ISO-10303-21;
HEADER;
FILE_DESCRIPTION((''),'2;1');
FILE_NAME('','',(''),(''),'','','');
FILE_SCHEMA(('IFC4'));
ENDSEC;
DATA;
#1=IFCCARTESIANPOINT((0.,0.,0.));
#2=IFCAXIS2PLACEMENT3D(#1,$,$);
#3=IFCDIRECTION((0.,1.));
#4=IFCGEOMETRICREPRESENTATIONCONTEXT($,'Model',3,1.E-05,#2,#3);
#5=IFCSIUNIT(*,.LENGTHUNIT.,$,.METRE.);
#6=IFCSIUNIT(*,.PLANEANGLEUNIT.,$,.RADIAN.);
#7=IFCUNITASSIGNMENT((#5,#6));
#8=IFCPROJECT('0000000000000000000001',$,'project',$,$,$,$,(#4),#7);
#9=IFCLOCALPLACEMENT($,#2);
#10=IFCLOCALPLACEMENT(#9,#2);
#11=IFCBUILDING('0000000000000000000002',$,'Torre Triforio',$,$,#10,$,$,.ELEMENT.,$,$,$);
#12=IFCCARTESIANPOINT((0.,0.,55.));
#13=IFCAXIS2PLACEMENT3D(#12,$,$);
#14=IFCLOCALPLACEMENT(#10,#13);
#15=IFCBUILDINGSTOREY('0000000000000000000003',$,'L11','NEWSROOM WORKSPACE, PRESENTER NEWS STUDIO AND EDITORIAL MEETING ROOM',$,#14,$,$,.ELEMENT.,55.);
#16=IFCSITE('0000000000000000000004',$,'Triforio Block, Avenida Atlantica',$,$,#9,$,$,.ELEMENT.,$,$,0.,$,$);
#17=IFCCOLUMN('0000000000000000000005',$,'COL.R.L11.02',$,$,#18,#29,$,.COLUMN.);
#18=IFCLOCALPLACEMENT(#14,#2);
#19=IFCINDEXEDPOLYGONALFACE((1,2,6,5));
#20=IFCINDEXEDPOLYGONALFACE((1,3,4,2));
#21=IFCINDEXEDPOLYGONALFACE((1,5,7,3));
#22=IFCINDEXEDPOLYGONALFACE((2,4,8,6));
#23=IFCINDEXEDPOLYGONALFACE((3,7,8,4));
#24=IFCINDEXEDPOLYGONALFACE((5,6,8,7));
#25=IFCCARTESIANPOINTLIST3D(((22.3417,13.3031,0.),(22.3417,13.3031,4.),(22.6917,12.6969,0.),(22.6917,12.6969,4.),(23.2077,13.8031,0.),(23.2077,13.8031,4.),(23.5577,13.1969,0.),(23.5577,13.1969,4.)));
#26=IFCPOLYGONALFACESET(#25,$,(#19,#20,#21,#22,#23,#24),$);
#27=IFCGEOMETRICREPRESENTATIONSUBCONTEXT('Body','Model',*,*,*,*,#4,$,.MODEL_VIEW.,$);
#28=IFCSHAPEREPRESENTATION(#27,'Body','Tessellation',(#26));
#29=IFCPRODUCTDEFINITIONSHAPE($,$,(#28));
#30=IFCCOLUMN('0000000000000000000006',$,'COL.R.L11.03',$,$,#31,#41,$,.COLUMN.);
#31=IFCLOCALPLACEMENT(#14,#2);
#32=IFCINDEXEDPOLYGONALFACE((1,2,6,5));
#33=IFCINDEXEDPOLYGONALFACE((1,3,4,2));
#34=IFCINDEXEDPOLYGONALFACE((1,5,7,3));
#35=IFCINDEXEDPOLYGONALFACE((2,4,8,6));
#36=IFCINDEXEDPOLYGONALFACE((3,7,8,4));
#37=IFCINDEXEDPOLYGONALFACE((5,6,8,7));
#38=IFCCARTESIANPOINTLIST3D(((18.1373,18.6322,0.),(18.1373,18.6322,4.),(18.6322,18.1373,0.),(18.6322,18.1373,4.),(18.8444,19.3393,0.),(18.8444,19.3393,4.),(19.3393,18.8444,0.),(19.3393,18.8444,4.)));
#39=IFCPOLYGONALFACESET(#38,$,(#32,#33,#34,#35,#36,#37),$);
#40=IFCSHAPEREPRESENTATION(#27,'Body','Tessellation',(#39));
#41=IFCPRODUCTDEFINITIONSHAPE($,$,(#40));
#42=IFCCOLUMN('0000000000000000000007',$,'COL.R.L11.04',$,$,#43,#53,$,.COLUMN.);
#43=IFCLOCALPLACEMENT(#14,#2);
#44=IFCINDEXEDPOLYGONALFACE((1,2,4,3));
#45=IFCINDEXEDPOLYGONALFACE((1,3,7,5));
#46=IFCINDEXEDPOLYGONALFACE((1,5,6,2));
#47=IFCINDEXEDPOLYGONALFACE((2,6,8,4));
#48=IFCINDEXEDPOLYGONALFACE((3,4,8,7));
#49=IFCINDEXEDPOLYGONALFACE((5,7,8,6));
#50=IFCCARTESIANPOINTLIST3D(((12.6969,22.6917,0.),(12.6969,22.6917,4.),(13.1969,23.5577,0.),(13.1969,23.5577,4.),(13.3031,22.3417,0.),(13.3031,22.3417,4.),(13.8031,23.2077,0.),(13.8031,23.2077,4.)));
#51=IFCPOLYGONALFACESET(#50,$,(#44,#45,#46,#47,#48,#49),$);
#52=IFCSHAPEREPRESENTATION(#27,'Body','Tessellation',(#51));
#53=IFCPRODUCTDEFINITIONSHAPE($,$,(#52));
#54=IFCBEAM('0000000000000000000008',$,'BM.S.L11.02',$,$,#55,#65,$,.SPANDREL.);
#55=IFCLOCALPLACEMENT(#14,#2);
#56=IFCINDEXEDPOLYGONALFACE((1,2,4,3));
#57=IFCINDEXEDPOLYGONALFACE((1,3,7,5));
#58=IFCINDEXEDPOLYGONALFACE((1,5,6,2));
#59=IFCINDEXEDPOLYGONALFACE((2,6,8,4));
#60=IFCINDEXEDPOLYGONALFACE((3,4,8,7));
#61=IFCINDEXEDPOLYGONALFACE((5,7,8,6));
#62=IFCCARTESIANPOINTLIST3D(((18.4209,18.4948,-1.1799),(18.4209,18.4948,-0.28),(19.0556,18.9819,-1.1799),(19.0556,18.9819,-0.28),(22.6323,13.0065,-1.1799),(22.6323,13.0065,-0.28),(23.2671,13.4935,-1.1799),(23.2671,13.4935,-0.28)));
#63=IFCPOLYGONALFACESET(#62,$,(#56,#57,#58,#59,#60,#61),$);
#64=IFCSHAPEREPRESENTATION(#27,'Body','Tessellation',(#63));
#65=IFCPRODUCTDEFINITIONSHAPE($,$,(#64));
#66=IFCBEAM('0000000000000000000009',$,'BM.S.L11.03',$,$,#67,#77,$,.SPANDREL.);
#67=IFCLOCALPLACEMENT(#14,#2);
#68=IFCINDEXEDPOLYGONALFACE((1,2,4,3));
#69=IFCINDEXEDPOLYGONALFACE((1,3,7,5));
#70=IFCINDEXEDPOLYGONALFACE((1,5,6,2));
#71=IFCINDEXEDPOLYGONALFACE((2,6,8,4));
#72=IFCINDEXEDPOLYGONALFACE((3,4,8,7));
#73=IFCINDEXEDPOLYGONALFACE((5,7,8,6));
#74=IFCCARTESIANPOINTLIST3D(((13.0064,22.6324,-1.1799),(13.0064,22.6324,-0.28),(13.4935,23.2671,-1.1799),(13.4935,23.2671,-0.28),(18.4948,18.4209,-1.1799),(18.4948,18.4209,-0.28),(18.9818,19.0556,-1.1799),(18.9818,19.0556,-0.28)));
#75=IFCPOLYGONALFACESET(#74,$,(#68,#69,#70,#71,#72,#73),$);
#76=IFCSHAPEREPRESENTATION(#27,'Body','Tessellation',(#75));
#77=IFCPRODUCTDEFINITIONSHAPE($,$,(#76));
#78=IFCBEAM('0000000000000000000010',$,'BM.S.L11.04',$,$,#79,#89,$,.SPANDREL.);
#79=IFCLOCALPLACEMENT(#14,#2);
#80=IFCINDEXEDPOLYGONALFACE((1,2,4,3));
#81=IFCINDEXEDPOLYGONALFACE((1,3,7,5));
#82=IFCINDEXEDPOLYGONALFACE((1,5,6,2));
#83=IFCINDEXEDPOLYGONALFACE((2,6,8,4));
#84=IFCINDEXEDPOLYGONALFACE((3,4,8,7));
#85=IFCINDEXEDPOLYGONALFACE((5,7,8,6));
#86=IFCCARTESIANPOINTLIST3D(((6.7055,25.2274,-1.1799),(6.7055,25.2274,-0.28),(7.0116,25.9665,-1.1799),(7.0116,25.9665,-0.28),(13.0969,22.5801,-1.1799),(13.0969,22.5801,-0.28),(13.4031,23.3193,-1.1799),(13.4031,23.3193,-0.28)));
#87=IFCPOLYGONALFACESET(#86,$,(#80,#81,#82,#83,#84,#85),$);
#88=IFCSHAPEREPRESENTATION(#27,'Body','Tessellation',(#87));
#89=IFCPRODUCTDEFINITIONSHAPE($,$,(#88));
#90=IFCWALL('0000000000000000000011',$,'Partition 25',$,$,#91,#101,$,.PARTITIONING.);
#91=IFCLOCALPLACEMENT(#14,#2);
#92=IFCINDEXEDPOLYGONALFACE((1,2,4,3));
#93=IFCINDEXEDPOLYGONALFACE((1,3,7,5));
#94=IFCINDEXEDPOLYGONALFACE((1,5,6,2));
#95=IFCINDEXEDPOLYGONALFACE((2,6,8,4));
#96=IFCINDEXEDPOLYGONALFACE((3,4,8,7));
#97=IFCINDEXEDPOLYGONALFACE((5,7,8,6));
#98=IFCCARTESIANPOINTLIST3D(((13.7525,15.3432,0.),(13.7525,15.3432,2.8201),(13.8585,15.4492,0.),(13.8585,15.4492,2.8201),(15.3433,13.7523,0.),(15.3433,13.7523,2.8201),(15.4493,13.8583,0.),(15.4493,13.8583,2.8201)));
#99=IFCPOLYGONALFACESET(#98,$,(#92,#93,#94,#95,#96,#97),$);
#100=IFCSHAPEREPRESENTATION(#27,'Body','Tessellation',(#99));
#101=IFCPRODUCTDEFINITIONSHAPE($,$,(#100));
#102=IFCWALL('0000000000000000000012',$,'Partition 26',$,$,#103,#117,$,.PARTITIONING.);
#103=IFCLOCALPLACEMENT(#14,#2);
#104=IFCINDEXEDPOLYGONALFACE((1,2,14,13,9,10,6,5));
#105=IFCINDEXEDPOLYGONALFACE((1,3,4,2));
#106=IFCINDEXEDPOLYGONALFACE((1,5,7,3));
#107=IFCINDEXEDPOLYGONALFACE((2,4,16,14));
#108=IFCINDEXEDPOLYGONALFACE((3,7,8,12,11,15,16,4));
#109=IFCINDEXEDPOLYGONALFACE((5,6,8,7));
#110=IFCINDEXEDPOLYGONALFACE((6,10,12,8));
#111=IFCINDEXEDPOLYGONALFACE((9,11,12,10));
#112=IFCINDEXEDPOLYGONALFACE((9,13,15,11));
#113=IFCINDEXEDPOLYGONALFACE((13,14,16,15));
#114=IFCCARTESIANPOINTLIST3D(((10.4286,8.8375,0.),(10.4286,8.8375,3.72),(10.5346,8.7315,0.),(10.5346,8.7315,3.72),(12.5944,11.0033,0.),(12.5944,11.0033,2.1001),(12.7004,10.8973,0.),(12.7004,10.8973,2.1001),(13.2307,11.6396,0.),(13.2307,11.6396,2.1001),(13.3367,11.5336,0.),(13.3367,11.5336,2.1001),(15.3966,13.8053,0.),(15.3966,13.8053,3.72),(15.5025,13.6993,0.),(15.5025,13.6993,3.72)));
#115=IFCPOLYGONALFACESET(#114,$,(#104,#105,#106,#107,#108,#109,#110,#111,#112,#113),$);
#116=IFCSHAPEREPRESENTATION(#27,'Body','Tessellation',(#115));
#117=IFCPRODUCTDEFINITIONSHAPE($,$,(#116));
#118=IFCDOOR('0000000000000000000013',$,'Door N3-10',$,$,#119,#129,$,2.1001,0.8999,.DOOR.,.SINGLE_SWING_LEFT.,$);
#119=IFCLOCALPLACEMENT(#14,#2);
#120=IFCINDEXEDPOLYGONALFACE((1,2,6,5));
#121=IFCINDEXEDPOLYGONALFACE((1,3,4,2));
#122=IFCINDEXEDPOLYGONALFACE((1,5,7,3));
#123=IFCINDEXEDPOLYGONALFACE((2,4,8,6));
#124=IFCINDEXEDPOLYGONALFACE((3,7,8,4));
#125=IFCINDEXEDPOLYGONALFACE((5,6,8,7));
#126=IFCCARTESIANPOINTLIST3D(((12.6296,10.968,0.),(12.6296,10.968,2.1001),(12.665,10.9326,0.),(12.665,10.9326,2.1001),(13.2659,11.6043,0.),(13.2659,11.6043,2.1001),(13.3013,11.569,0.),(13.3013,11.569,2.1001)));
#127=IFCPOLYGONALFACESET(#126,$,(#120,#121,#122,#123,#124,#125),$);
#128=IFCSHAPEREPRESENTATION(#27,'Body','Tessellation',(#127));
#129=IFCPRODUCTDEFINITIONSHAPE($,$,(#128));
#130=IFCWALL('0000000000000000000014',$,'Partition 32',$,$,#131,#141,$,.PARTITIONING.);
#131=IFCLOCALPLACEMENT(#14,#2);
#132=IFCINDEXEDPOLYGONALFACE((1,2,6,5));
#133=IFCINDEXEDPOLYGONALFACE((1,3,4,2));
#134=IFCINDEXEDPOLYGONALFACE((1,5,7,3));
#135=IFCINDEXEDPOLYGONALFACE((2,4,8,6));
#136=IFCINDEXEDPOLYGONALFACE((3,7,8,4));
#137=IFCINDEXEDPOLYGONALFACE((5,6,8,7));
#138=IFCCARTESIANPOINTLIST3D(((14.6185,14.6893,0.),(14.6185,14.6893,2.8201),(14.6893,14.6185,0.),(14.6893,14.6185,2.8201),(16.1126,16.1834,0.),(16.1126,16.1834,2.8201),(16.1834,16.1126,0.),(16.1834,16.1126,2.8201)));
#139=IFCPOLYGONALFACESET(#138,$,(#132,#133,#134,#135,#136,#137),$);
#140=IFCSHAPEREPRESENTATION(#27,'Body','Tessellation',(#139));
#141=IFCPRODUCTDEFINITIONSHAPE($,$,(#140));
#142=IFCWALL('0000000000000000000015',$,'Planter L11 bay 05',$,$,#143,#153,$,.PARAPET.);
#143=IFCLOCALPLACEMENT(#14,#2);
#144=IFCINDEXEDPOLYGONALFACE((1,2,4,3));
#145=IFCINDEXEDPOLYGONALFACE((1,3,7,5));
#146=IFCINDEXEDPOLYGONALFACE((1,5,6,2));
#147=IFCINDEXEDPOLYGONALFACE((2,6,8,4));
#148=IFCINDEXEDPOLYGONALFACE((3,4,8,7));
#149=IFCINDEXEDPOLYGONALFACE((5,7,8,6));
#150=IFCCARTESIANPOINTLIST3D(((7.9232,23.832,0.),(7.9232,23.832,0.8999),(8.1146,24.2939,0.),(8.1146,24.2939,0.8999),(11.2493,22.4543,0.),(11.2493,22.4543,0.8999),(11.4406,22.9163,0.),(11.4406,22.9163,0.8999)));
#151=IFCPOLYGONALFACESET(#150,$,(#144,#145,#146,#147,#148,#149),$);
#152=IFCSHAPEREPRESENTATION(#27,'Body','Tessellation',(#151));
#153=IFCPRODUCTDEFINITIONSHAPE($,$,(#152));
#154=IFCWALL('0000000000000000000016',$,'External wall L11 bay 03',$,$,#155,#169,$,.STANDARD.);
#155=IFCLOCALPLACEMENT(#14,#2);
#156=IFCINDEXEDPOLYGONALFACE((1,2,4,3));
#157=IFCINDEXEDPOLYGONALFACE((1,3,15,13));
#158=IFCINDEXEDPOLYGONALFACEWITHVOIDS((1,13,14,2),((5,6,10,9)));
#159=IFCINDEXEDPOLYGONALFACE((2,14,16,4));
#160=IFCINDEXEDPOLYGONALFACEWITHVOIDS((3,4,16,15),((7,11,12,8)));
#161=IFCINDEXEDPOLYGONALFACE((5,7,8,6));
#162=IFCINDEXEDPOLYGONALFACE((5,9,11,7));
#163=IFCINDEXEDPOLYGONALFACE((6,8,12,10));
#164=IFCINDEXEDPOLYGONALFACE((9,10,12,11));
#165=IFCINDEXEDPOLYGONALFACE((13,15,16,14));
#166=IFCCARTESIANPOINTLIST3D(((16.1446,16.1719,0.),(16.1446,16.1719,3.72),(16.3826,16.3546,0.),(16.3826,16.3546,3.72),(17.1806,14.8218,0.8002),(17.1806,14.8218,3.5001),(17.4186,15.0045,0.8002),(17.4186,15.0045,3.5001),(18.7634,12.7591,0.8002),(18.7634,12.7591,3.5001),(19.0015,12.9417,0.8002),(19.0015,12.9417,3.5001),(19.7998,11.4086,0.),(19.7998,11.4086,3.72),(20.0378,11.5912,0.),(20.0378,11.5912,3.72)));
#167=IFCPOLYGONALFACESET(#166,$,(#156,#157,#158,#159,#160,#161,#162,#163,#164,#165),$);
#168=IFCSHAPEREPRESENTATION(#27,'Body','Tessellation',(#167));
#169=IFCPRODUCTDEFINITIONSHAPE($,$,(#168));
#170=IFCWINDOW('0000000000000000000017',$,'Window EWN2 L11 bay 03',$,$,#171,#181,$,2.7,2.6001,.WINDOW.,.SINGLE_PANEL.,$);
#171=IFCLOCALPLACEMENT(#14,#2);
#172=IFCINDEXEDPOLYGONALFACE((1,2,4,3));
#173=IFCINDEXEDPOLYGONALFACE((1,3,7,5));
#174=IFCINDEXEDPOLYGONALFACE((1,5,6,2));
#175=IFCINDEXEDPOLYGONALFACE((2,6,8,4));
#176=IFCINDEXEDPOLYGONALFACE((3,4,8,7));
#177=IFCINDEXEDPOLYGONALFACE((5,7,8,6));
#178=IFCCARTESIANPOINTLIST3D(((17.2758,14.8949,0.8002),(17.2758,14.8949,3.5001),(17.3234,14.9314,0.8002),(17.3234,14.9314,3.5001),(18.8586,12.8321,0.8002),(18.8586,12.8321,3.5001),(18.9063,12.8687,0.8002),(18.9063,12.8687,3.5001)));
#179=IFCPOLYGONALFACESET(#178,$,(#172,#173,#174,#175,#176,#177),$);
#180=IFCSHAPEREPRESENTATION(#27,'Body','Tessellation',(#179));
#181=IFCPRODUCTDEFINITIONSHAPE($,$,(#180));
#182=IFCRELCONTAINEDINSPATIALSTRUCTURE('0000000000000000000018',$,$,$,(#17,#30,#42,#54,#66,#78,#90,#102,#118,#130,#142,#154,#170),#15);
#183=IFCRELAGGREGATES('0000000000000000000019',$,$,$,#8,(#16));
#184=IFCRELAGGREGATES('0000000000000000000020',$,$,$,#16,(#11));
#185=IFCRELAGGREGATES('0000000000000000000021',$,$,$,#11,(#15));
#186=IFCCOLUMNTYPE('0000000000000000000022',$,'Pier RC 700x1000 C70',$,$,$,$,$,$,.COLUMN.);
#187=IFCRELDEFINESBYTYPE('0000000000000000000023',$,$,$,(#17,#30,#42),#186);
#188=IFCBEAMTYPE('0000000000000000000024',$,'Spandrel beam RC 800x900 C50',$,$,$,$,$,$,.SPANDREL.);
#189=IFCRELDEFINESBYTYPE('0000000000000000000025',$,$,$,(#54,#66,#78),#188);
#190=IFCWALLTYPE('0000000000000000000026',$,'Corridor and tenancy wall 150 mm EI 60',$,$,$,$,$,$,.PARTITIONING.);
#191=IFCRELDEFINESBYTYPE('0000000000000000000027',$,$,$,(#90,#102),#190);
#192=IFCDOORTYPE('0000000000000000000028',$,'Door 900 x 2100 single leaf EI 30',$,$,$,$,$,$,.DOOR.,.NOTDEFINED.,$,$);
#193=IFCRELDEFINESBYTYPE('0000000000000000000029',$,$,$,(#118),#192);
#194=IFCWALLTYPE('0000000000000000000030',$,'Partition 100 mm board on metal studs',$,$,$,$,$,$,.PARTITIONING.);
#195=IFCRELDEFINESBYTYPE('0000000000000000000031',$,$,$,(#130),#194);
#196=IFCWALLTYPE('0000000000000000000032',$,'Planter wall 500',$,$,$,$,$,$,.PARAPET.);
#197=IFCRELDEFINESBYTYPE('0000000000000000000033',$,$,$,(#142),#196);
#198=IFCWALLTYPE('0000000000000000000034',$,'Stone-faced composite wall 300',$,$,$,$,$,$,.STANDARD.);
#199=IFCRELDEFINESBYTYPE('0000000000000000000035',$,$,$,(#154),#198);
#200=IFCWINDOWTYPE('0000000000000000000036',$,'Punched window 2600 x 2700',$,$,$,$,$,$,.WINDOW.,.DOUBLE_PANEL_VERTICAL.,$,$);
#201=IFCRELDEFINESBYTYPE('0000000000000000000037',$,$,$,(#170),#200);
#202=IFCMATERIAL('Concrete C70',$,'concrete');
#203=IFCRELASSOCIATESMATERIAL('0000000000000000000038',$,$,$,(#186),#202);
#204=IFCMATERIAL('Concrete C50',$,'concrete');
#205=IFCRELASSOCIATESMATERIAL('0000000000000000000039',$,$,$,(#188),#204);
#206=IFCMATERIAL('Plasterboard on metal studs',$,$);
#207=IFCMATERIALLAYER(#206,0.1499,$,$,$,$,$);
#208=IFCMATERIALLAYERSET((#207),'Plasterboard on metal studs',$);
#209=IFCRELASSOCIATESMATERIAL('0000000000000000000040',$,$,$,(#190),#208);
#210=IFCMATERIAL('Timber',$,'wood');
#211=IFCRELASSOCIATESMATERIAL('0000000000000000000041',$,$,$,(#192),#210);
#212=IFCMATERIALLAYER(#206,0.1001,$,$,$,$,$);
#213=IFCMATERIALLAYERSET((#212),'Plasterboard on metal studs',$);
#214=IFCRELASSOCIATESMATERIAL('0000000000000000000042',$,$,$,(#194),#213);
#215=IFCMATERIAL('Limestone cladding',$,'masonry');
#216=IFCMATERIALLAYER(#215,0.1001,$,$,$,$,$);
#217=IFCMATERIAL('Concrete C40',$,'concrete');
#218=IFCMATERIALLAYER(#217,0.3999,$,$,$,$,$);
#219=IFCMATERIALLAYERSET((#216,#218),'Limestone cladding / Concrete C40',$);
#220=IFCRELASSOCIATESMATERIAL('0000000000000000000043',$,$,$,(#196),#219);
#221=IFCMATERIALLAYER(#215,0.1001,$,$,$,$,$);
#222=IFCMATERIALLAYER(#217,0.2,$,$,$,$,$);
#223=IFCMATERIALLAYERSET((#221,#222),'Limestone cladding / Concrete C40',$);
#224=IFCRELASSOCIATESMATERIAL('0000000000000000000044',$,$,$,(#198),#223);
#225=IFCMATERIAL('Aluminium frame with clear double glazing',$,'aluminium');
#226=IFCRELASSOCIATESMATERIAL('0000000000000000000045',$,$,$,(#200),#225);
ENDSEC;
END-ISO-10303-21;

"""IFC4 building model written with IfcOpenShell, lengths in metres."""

from ifc_helpers import new_model, si_unit, direction, frame, frame_2d, origin, origin_2d, place, context, subcontext, project, spatial, rectangle, extrude, material, layer, layer_set, material_profile, profile_set, type_object, element, fill, save


model = new_model("IFC4")

# Units and contexts
model_context = context("Model", 3, precision=1e-05, world=origin(), true_north=direction((0.0, 1.0)))
body_context = subcontext(model_context, "Body", "Model", "MODEL_VIEW")
ifc_project = project(units=[si_unit("LENGTHUNIT", "METRE"), si_unit("PLANEANGLEUNIT", "RADIAN")], contexts=[model_context])

# Site, building, storey
site_placement = place(None, origin())
site = spatial("IfcSite", under=ifc_project, at=site_placement, Name="Triforio Block, Avenida Atlantica", CompositionType="ELEMENT", RefElevation=0.0)
building_placement = place(site_placement, origin())
building = spatial("IfcBuilding", under=site, at=building_placement, Name="Torre Triforio", CompositionType="ELEMENT")
storey_placement = place(building_placement, frame((0.0, 0.0, 55.0)))
storey = spatial("IfcBuildingStorey", under=building, at=storey_placement, Name="L11", Description="NEWSROOM WORKSPACE, PRESENTER NEWS STUDIO AND EDITORIAL MEETING ROOM", CompositionType="ELEMENT", Elevation=55.0)

# Columns
ifc_material_1 = material(Name="Concrete C70", Category="concrete")
ifc_material_profile_1 = material_profile(ifc_material_1, rectangle(XDim=0.7, YDim=1.0, at=origin_2d()), Name="RC 700x1000")
ifc_profile_set_1 = profile_set([ifc_material_profile_1], Name="Concrete C70")
column_type = type_object("IfcColumnType", Name="Pier RC 700x1000 C70", PredefinedType="COLUMN", material=ifc_profile_set_1)
for number, where, z_axis, x_axis, name in (
    (1, (22.9497, 13.25, 0.0), (0.0, 0.0, 1.0), (-0.5, 0.866025, 0.0), "COL.R.L11.02"),
    (2, (18.7383, 18.7383, 0.0), (0.0, 0.0, 1.0), (-0.707107, 0.707107, 0.0), "COL.R.L11.03"),
    (3, (13.25, 22.9497, 0.0), (0.0, 0.0, 1.0), (-0.866025, 0.5, 0.0), "COL.R.L11.04"),
):
    element("IfcColumn", number, at=place(storey_placement, frame(where, z_axis=z_axis, x_axis=x_axis)), inside=storey, type_object=column_type, Name=name, PredefinedType="COLUMN", context=body_context, shape_type="SweptSolid", body=[
        extrude(rectangle(XDim=0.7, YDim=1.0, at=origin_2d()), origin(), (0.0, 0.0, 1.0), 4.0),
    ])

# Beams
ifc_material_2 = material(Name="Concrete C50", Category="concrete")
ifc_material_profile_2 = material_profile(ifc_material_2, rectangle(XDim=0.8, YDim=0.8999, at=origin_2d()), Name="RC 800x900")
ifc_profile_set_2 = profile_set([ifc_material_profile_2], Name="Concrete C50")
beam_type = type_object("IfcBeamType", Name="Spandrel beam RC 800x900 C50", PredefinedType="SPANDREL", material=ifc_profile_set_2)
for number, where, z_axis, x_axis, name in (
    (4, (22.9497, 13.25, -0.73), (-0.608772, 0.793345, 0.0), (-0.793345, -0.608772, 0.0), "BM.S.L11.02"),
    (5, (18.7383, 18.7383, -0.73), (-0.793345, 0.608772, 0.0), (-0.608772, -0.793345, 0.0), "BM.S.L11.03"),
    (6, (13.25, 22.9497, -0.73), (-0.923888, 0.382662, 0.0), (-0.382662, -0.923888, 0.0), "BM.S.L11.04"),
):
    element("IfcBeam", number, at=place(storey_placement, frame(where, z_axis=z_axis, x_axis=x_axis)), inside=storey, type_object=beam_type, Name=name, PredefinedType="SPANDREL", context=body_context, shape_type="SweptSolid", body=[
        extrude(rectangle(XDim=0.8, YDim=0.8999, at=origin_2d()), origin(), (0.0, 0.0, 1.0), 6.918),
    ])

# Wall
ifc_material_3 = material(Name="Plasterboard on metal studs")
ifc_layer_1 = layer(ifc_material_3, 0.1499)
ifc_layer_set_1 = layer_set([ifc_layer_1], Name="Plasterboard on metal studs")
wall_type_1 = type_object("IfcWallType", Name="Corridor and tenancy wall 150 mm EI 60", PredefinedType="PARTITIONING", material=ifc_layer_set_1)
wall_1_placement = place(storey_placement, frame((13.8054, 15.3962, 0.0), z_axis=(0.0, 0.0, 1.0), x_axis=(0.707107, -0.707107, 0.0)))
element("IfcWall", 7, at=wall_1_placement, inside=storey, type_object=wall_type_1, Name="Partition 25", PredefinedType="PARTITIONING", context=body_context, shape_type="SweptSolid", body=[
    extrude(rectangle(XDim=2.2498, YDim=0.1499, at=frame_2d((1.125, 0.0))), origin(), (0.0, 0.0, 1.0), 2.8201),
])

# Wall, opening, door
wall_2_placement = place(storey_placement, frame((15.4495, 13.7522, 0.0), z_axis=(0.0, 0.0, 1.0), x_axis=(-0.707124, -0.707089, 0.0)))
wall_2 = element("IfcWall", 8, at=wall_2_placement, inside=storey, type_object=wall_type_1, Name="Partition 26", PredefinedType="PARTITIONING", context=body_context, shape_type="SweptSolid", body=[
    extrude(rectangle(XDim=7.0256, YDim=0.1499, at=frame_2d((3.5127, 0.0))), origin(), (0.0, 0.0, 1.0), 3.72),
])
opening_1_placement = place(wall_2_placement, frame((3.0627, 0.0, 0.0)))
opening_1 = element("IfcOpeningElement", 9, at=opening_1_placement, cuts=wall_2, PredefinedType="OPENING", context=body_context, shape_type="SweptSolid", body=[
    extrude(rectangle(XDim=0.8999, YDim=2.1001, at=frame_2d((0.45, 1.05))), frame((0.0, 0.085, 0.0), z_axis=(0.0, -1.0, 0.0), x_axis=(1.0, 0.0, 0.0)), (0.0, 0.0, 1.0), 0.1699),
])
ifc_material_4 = material(Name="Timber", Category="wood")
door_type_1 = type_object("IfcDoorType", Name="Door 900 x 2100 single leaf EI 30", OperationType="NOTDEFINED", PredefinedType="DOOR", material=ifc_material_4)
door_1_placement = place(opening_1_placement, origin())
door_1 = element("IfcDoor", 10, at=door_1_placement, inside=storey, type_object=door_type_1, Name="Door N3-10", OperationType="SINGLE_SWING_LEFT", OverallHeight=2.1001, OverallWidth=0.8999, PredefinedType="DOOR", context=body_context, shape_type="SweptSolid", body=[
    extrude(rectangle(XDim=0.8999, YDim=2.1001, at=frame_2d((0.45, 1.05))), frame((0.0, 0.0249, 0.0), z_axis=(0.0, -1.0, 0.0), x_axis=(1.0, 0.0, 0.0)), (0.0, 0.0, 1.0), 0.05),
])
fill(opening_1, door_1)

# Walls
ifc_layer_2 = layer(ifc_material_3, 0.1001)
ifc_layer_set_2 = layer_set([ifc_layer_2], Name="Plasterboard on metal studs")
wall_type_2 = type_object("IfcWallType", Name="Partition 100 mm board on metal studs", PredefinedType="PARTITIONING", material=ifc_layer_set_2)
wall_3_placement = place(storey_placement, frame((14.6538, 14.6538, 0.0), z_axis=(0.0, 0.0, 1.0), x_axis=(0.707107, 0.707107, 0.0)))
element("IfcWall", 11, at=wall_3_placement, inside=storey, type_object=wall_type_2, Name="Partition 32", PredefinedType="PARTITIONING", context=body_context, shape_type="SweptSolid", body=[
    extrude(rectangle(XDim=2.113, YDim=0.1001, at=frame_2d((1.0566, 0.0))), origin(), (0.0, 0.0, 1.0), 2.8201),
])
ifc_material_5 = material(Name="Limestone cladding", Category="masonry")
ifc_layer_3 = layer(ifc_material_5, 0.1001)
ifc_material_6 = material(Name="Concrete C40", Category="concrete")
ifc_layer_4 = layer(ifc_material_6, 0.3999)
ifc_layer_set_3 = layer_set([ifc_layer_3, ifc_layer_4], Name="Limestone cladding / Concrete C40")
wall_type_3 = type_object("IfcWallType", Name="Planter wall 500", PredefinedType="PARAPET", material=ifc_layer_set_3)
wall_4_placement = place(storey_placement, frame((11.345, 22.6853, 0.0), z_axis=(0.0, 0.0, 1.0), x_axis=(-0.923885, 0.382669, 0.0)))
element("IfcWall", 12, at=wall_4_placement, inside=storey, type_object=wall_type_3, Name="Planter L11 bay 05", PredefinedType="PARAPET", context=body_context, shape_type="SweptSolid", body=[
    extrude(rectangle(XDim=3.6001, YDim=0.5, at=frame_2d((1.8, 0.0))), origin(), (0.0, 0.0, 1.0), 0.8999),
])

# Wall, opening, window
ifc_layer_5 = layer(ifc_material_5, 0.1001)
ifc_layer_6 = layer(ifc_material_6, 0.2)
ifc_layer_set_4 = layer_set([ifc_layer_5, ifc_layer_6], Name="Limestone cladding / Concrete C40")
wall_type_4 = type_object("IfcWallType", Name="Stone-faced composite wall 300", PredefinedType="STANDARD", material=ifc_layer_set_4)
wall_5_placement = place(storey_placement, frame((19.9187, 11.5, 0.0), z_axis=(0.0, 0.0, 1.0), x_axis=(-0.608779, 0.79334, 0.0)))
wall_5 = element("IfcWall", 13, at=wall_5_placement, inside=storey, type_object=wall_type_4, Name="External wall L11 bay 03", PredefinedType="STANDARD", context=body_context, shape_type="SweptSolid", body=[
    extrude(rectangle(XDim=6.0042, YDim=0.3, at=frame_2d((3.002, 0.0))), origin(), (0.0, 0.0, 1.0), 3.72),
])
opening_2_placement = place(wall_5_placement, frame((1.7021, 0.0, 0.8)))
opening_2 = element("IfcOpeningElement", 14, at=opening_2_placement, cuts=wall_5, PredefinedType="OPENING", context=body_context, shape_type="SweptSolid", body=[
    extrude(rectangle(XDim=2.6001, YDim=2.7, at=frame_2d((1.3, 1.3501))), frame((0.0, 0.1599, 0.0), z_axis=(0.0, -1.0, 0.0), x_axis=(1.0, 0.0, 0.0)), (0.0, 0.0, 1.0), 0.3201),
])
ifc_material_7 = material(Name="Aluminium frame with clear double glazing", Category="aluminium")
window_type_1 = type_object("IfcWindowType", Name="Punched window 2600 x 2700", PartitioningType="DOUBLE_PANEL_VERTICAL", PredefinedType="WINDOW", material=ifc_material_7)
window_1_placement = place(opening_2_placement, origin())
window_1 = element("IfcWindow", 15, at=window_1_placement, inside=storey, type_object=window_type_1, Name="Window EWN2 L11 bay 03", OverallHeight=2.7, OverallWidth=2.6001, PartitioningType="SINGLE_PANEL", PredefinedType="WINDOW", context=body_context, shape_type="SweptSolid", body=[
    extrude(rectangle(XDim=2.6001, YDim=2.7, at=frame_2d((1.3, 1.3501))), frame((0.0, 0.03, 0.0), z_axis=(0.0, -1.0, 0.0), x_axis=(1.0, 0.0, 0.0)), (0.0, 0.0, 1.0), 0.0601),
])
fill(opening_2, window_1)

save(model, "model.ifc")
